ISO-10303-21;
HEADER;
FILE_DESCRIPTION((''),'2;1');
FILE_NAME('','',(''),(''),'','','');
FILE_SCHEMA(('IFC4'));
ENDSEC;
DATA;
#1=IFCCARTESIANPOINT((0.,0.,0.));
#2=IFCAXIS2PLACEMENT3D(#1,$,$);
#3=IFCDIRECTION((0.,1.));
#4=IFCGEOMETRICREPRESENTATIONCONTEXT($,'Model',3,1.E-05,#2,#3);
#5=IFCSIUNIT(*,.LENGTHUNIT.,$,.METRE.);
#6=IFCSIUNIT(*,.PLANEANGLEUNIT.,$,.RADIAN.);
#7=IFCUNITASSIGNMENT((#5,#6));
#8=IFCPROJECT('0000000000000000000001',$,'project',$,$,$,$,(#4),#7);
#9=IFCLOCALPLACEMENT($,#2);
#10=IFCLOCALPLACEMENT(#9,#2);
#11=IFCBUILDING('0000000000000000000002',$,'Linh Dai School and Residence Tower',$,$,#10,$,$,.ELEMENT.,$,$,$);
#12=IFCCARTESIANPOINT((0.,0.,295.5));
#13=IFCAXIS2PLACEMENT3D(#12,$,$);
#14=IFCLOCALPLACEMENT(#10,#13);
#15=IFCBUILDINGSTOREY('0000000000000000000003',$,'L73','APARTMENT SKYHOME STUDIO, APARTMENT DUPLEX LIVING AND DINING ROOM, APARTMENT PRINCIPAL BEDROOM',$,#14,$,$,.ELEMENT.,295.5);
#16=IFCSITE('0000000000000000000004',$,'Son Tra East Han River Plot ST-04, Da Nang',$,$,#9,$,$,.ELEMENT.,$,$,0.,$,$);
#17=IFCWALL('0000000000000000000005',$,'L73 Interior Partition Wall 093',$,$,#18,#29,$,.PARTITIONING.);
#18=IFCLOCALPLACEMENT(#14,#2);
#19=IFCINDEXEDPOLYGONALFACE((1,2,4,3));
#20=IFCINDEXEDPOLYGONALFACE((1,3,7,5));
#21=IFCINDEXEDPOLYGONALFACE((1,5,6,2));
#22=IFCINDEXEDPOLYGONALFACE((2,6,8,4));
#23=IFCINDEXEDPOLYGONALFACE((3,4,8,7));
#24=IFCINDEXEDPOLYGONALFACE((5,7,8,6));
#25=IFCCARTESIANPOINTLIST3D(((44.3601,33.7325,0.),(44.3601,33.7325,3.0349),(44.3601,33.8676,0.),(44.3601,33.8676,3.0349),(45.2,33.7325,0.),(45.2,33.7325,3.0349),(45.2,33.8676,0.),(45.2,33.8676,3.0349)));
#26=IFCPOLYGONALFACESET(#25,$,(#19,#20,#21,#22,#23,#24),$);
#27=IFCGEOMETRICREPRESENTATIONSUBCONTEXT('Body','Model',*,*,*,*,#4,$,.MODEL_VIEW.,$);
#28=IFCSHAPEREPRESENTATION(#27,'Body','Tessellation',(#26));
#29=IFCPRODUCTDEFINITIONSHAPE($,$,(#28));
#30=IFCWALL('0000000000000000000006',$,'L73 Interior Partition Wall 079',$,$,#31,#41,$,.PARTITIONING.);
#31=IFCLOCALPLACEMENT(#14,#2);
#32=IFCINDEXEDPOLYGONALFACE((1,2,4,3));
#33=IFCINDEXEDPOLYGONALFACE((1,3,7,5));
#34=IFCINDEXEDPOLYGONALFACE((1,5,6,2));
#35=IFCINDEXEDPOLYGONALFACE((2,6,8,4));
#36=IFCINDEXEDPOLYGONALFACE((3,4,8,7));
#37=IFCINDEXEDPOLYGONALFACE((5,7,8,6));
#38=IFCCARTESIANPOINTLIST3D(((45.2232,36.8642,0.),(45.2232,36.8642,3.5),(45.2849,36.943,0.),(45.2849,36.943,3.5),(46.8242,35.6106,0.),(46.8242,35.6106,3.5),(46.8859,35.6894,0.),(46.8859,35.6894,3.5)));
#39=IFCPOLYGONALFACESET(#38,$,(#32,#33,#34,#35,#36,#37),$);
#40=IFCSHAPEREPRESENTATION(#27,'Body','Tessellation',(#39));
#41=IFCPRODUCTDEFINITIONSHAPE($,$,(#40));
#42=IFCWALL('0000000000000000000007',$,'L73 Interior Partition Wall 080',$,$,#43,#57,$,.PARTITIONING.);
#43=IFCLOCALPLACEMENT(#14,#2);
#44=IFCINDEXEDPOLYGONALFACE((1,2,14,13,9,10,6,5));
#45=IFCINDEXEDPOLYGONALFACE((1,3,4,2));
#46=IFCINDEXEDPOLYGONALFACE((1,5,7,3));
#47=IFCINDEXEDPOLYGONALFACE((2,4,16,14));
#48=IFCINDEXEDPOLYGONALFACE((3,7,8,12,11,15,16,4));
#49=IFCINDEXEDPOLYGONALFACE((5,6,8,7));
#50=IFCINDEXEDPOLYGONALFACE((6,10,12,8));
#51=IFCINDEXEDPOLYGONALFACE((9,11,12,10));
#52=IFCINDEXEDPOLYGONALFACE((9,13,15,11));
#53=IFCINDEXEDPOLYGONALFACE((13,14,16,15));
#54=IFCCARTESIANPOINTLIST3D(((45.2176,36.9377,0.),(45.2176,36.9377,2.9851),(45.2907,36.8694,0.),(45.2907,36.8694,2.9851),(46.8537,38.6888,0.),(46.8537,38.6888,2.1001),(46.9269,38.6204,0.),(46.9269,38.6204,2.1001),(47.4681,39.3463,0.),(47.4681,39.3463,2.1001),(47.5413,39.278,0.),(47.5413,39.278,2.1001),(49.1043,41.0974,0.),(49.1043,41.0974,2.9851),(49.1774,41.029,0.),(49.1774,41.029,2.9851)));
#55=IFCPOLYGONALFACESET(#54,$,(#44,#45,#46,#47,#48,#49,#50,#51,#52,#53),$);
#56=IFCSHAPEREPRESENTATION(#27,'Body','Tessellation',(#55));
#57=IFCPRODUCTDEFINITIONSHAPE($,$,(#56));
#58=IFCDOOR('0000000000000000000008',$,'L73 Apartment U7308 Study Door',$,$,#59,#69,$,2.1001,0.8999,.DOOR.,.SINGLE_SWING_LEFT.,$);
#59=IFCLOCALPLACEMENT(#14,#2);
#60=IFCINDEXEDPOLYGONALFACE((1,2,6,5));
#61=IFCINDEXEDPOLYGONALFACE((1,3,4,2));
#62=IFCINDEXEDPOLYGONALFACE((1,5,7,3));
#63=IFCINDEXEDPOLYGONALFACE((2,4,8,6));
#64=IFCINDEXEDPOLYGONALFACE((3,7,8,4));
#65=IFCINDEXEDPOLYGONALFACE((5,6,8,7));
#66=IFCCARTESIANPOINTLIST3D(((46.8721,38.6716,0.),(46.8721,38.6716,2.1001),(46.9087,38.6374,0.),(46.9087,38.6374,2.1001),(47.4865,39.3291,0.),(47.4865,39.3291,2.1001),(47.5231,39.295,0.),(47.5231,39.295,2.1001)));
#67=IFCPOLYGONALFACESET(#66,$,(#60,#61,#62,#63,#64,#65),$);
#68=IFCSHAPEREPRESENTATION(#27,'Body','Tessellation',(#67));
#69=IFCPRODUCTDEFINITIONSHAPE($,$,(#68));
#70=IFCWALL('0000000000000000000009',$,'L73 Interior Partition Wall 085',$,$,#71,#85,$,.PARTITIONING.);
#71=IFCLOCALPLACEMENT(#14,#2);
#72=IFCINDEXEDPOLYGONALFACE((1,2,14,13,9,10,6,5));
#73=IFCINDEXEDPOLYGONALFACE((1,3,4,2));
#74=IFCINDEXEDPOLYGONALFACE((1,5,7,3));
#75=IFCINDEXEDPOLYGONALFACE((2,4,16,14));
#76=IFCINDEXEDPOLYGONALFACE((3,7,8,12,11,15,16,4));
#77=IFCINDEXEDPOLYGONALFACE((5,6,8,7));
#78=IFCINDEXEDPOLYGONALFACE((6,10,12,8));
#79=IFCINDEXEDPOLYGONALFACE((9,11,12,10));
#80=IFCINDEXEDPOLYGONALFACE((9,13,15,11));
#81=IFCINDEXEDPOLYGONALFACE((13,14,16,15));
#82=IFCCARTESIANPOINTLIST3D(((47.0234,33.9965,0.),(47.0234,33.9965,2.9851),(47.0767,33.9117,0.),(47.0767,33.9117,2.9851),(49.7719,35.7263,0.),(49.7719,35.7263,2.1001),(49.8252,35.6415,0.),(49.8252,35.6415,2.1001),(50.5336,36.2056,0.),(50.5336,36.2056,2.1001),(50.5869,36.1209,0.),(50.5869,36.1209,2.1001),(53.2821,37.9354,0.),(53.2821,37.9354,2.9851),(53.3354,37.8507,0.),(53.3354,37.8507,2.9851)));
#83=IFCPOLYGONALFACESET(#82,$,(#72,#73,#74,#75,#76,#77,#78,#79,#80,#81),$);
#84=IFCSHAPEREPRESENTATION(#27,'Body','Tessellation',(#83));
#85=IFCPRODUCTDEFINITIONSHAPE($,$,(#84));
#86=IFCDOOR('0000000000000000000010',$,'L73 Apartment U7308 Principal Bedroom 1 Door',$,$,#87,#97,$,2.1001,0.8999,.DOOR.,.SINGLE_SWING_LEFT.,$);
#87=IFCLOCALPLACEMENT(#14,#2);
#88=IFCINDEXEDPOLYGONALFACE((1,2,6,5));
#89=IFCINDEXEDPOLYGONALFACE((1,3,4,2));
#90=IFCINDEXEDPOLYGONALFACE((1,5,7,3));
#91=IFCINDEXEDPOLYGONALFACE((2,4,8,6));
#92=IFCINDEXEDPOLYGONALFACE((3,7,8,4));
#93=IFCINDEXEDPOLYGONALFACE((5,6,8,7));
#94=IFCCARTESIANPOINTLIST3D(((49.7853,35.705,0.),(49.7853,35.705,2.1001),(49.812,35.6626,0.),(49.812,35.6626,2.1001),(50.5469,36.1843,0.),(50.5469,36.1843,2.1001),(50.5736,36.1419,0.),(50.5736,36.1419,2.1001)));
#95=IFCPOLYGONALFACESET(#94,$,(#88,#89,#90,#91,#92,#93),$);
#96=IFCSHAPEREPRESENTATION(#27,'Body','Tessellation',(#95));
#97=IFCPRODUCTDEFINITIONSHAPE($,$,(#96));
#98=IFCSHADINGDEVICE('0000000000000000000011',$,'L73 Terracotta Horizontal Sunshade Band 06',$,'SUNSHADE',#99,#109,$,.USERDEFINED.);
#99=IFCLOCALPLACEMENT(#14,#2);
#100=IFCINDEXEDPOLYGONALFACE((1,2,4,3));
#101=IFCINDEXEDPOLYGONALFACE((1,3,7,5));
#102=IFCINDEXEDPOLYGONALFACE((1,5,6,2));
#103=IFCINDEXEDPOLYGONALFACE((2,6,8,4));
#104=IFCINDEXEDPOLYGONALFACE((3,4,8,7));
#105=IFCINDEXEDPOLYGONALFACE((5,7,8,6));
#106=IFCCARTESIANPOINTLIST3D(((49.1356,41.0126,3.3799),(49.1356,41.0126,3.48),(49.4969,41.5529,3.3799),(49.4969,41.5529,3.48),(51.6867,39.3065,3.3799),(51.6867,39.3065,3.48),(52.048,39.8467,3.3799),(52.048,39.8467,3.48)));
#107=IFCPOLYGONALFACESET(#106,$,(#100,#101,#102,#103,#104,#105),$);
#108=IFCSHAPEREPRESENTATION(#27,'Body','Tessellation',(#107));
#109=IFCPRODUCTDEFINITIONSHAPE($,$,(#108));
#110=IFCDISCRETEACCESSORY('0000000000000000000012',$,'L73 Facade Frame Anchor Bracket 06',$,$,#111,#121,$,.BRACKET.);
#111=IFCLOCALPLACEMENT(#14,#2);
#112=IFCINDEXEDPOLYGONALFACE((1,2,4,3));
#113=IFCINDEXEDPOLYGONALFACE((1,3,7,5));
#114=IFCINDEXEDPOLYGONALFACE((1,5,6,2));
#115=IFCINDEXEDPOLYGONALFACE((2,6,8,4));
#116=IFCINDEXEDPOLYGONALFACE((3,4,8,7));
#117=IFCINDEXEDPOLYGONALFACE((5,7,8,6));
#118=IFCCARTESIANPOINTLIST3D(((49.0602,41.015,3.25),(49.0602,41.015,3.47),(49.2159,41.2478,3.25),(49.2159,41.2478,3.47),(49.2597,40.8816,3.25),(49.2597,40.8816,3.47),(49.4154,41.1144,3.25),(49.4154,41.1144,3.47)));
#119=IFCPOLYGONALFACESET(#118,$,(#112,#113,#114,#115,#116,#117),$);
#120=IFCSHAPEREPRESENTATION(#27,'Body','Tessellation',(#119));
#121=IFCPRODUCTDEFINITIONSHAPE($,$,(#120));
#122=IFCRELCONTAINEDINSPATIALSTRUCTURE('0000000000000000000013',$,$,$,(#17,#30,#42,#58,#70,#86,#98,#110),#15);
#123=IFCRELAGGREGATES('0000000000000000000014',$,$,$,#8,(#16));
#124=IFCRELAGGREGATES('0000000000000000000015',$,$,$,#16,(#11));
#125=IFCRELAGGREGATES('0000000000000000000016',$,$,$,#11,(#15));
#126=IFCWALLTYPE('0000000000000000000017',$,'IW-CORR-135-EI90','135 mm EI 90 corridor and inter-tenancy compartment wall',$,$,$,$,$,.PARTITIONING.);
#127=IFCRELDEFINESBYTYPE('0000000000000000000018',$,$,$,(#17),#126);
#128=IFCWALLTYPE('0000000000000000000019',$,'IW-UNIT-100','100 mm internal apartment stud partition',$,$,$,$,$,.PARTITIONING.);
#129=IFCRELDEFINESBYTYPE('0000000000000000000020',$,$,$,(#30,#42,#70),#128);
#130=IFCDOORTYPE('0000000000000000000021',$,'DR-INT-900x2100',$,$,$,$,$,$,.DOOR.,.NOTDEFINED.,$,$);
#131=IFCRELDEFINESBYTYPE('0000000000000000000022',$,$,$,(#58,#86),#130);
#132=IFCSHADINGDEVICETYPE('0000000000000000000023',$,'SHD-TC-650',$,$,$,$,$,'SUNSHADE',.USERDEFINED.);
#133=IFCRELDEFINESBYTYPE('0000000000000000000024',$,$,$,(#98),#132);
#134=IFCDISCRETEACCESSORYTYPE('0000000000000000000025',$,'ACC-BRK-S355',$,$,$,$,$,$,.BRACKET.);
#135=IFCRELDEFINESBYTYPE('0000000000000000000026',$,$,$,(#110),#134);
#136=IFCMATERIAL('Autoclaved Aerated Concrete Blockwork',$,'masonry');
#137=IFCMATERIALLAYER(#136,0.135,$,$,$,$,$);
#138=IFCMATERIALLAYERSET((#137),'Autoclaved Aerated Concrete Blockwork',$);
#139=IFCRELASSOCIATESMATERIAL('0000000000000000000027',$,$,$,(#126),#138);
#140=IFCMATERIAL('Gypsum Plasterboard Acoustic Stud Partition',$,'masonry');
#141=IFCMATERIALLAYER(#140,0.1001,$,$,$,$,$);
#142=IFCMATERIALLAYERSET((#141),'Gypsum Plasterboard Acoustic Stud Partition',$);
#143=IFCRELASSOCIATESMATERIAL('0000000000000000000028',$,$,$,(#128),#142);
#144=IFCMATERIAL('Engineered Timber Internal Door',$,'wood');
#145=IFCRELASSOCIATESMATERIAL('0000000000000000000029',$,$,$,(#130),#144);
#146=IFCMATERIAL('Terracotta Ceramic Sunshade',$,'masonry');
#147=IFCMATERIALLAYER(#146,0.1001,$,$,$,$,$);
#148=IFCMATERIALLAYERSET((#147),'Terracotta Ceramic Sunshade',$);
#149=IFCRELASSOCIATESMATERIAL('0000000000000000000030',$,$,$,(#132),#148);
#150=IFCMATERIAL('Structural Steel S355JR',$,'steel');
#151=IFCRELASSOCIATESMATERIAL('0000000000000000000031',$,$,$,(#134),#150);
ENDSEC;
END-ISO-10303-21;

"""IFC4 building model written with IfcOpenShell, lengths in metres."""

from ifc_helpers import new_model, si_unit, direction, frame, frame_2d, origin, origin_2d, place, context, subcontext, project, spatial, rectangle, extrude, source, transform, mapped, material, layer, layer_set, type_object, element, fill, save


model = new_model("IFC4")

# Units and contexts
model_context = context("Model", 3, precision=1e-05, world=origin(), true_north=direction((0.0, 1.0)))
body_context = subcontext(model_context, "Body", "Model", "MODEL_VIEW")
ifc_project = project(units=[si_unit("LENGTHUNIT", "METRE"), si_unit("PLANEANGLEUNIT", "RADIAN")], contexts=[model_context])

# Site, building, storey
site_placement = place(None, origin())
site = spatial("IfcSite", under=ifc_project, at=site_placement, Name="Son Tra East Han River Plot ST-04, Da Nang", CompositionType="ELEMENT", RefElevation=0.0)
building_placement = place(site_placement, origin())
building = spatial("IfcBuilding", under=site, at=building_placement, Name="Linh Dai School and Residence Tower", CompositionType="ELEMENT")
storey_placement = place(building_placement, frame((0.0, 0.0, 295.5)))
storey = spatial("IfcBuildingStorey", under=building, at=storey_placement, Name="L73", Description="APARTMENT SKYHOME STUDIO, APARTMENT DUPLEX LIVING AND DINING ROOM, APARTMENT PRINCIPAL BEDROOM", CompositionType="ELEMENT", Elevation=295.5)

# Shared definitions
ifc_material_1 = material(Name="Structural Steel S355JR", Category="steel")

# Walls
ifc_material_2 = material(Name="Autoclaved Aerated Concrete Blockwork", Category="masonry")
ifc_layer_1 = layer(ifc_material_2, 0.135)
ifc_layer_set_1 = layer_set([ifc_layer_1], Name="Autoclaved Aerated Concrete Blockwork")
wall_type_1 = type_object("IfcWallType", Name="IW-CORR-135-EI90", Description="135 mm EI 90 corridor and inter-tenancy compartment wall", PredefinedType="PARTITIONING", material=ifc_layer_set_1)
wall_1_placement = place(storey_placement, frame((45.2, 33.8, 0.0), z_axis=(0.0, 0.0, 1.0), x_axis=(-1.0, 0.0, 0.0)))
element("IfcWall", 1, at=wall_1_placement, inside=storey, type_object=wall_type_1, Name="L73 Interior Partition Wall 093", PredefinedType="PARTITIONING", context=body_context, shape_type="SweptSolid", body=[
    extrude(rectangle(XDim=0.8398, YDim=0.135, at=frame_2d((0.4199, 0.0))), origin(), (0.0, 0.0, 1.0), 3.0349),
])
ifc_material_3 = material(Name="Gypsum Plasterboard Acoustic Stud Partition", Category="masonry")
ifc_layer_2 = layer(ifc_material_3, 0.1001)
ifc_layer_set_2 = layer_set([ifc_layer_2], Name="Gypsum Plasterboard Acoustic Stud Partition")
wall_type_2 = type_object("IfcWallType", Name="IW-UNIT-100", Description="100 mm internal apartment stud partition", PredefinedType="PARTITIONING", material=ifc_layer_set_2)
wall_2_placement = place(storey_placement, frame((45.2542, 36.9036, 0.0), z_axis=(0.0, 0.0, 1.0), x_axis=(0.78735, -0.616506, 0.0)))
element("IfcWall", 2, at=wall_2_placement, inside=storey, type_object=wall_type_2, Name="L73 Interior Partition Wall 079", PredefinedType="PARTITIONING", context=body_context, shape_type="SweptSolid", body=[
    extrude(rectangle(XDim=2.0334, YDim=0.1001, at=frame_2d((1.0166, 0.0))), origin(), (0.0, 0.0, 1.0), 3.5),
])

# Walls, openings, doors
wall_3_placement = place(storey_placement, frame((45.2542, 36.9036, 0.0), z_axis=(0.0, 0.0, 1.0), x_axis=(0.682728, 0.730673, 0.0)))
wall_3 = element("IfcWall", 3, at=wall_3_placement, inside=storey, type_object=wall_type_2, Name="L73 Interior Partition Wall 080", PredefinedType="PARTITIONING", context=body_context, shape_type="SweptSolid", body=[
    extrude(rectangle(XDim=5.6929, YDim=0.1001, at=frame_2d((2.8464, 0.0))), origin(), (0.0, 0.0, 1.0), 2.9851),
])
opening_1_placement = place(wall_3_placement, frame((2.3965, 0.0, 0.0)))
opening_1 = element("IfcOpeningElement", 4, at=opening_1_placement, cuts=wall_3, PredefinedType="OPENING", context=body_context, shape_type="SweptSolid", body=[
    extrude(rectangle(XDim=0.8999, YDim=2.1001, at=origin_2d()), frame((0.45, 0.0601, 1.05), z_axis=(0.0, -1.0, 0.0), x_axis=(1.0, 0.0, 0.0)), (0.0, 0.0, 1.0), 0.1201),
])
ifc_material_4 = material(Name="Engineered Timber Internal Door", Category="wood")
door_type = type_object("IfcDoorType", Name="DR-INT-900x2100", OperationType="NOTDEFINED", PredefinedType="DOOR", material=ifc_material_4)
shared_shape_1 = source(origin(), body_context, "Body", "SweptSolid", [
    extrude(rectangle(XDim=0.8999, YDim=2.1001, at=origin_2d()), frame((0.45, 0.0249, 1.05), z_axis=(0.0, -1.0, 0.0), x_axis=(1.0, 0.0, 0.0)), (0.0, 0.0, 1.0), 0.05),
])
door_1_placement = place(opening_1_placement, origin())
door_1 = element("IfcDoor", 5, at=door_1_placement, inside=storey, type_object=door_type, Name="L73 Apartment U7308 Study Door", OperationType="SINGLE_SWING_LEFT", OverallHeight=2.1001, OverallWidth=0.8999, PredefinedType="DOOR", context=body_context, shape_type="MappedRepresentation", body=[
    mapped(shared_shape_1, transform((0.0, 0.0, 0.0), x_axis=(1.0, 0.0, 0.0), y_axis=(0.0, 1.0, 0.0), z_axis=(0.0, 0.0, 1.0), scale=1.0)),
])
fill(opening_1, door_1)
wall_4_placement = place(storey_placement, frame((47.05, 33.9541, 0.0), z_axis=(0.0, 0.0, 1.0), x_axis=(0.84634, 0.532643, 0.0)))
wall_4 = element("IfcWall", 6, at=wall_4_placement, inside=storey, type_object=wall_type_2, Name="L73 Interior Partition Wall 085", PredefinedType="PARTITIONING", context=body_context, shape_type="SweptSolid", body=[
    extrude(rectangle(XDim=7.395, YDim=0.1001, at=frame_2d((3.6975, 0.0))), origin(), (0.0, 0.0, 1.0), 2.9851),
])
opening_2_placement = place(wall_4_placement, frame((3.2476, 0.0, 0.0)))
opening_2 = element("IfcOpeningElement", 7, at=opening_2_placement, cuts=wall_4, PredefinedType="OPENING", context=body_context, shape_type="SweptSolid", body=[
    extrude(rectangle(XDim=0.8999, YDim=2.1001, at=origin_2d()), frame((0.45, 0.0601, 1.05), z_axis=(0.0, -1.0, 0.0), x_axis=(1.0, 0.0, 0.0)), (0.0, 0.0, 1.0), 0.1201),
])
door_2_placement = place(opening_2_placement, origin())
door_2 = element("IfcDoor", 8, at=door_2_placement, inside=storey, type_object=door_type, Name="L73 Apartment U7308 Principal Bedroom 1 Door", OperationType="SINGLE_SWING_LEFT", OverallHeight=2.1001, OverallWidth=0.8999, PredefinedType="DOOR", context=body_context, shape_type="MappedRepresentation", body=[
    mapped(shared_shape_1, transform((0.0, 0.0, 0.0), x_axis=(1.0, 0.0, 0.0), y_axis=(0.0, 1.0, 0.0), z_axis=(0.0, 0.0, 1.0), scale=1.0)),
])
fill(opening_2, door_2)

# Shading device
ifc_material_5 = material(Name="Terracotta Ceramic Sunshade", Category="masonry")
ifc_layer_3 = layer(ifc_material_5, 0.1001)
ifc_layer_set_3 = layer_set([ifc_layer_3], Name="Terracotta Ceramic Sunshade")
shading_device_type = type_object("IfcShadingDeviceType", Name="SHD-TC-650", ElementType="SUNSHADE", PredefinedType="USERDEFINED", material=ifc_layer_set_3)
shared_shape_2 = source(origin(), body_context, "Body", "SweptSolid", [
    extrude(rectangle(XDim=3.0691, YDim=0.6499, at=origin_2d()), origin(), (0.0, 0.0, 1.0), 0.1001),
])
shading_device_placement = place(storey_placement, frame((50.5918, 40.4297, 3.3799), z_axis=(0.0, 0.0, 1.0), x_axis=(0.831244, -0.555908, 0.0)))
element("IfcShadingDevice", 9, at=shading_device_placement, inside=storey, type_object=shading_device_type, Name="L73 Terracotta Horizontal Sunshade Band 06", ObjectType="SUNSHADE", PredefinedType="USERDEFINED", context=body_context, shape_type="MappedRepresentation", body=[
    mapped(shared_shape_2, transform((0.0, 0.0, 0.0), x_axis=(1.0, 0.0, 0.0), y_axis=(0.0, 1.0, 0.0), z_axis=(0.0, 0.0, 1.0), scale=1.0)),
])

# Discrete accessory
discrete_accessory_type = type_object("IfcDiscreteAccessoryType", Name="ACC-BRK-S355", PredefinedType="BRACKET", material=ifc_material_1)
shared_shape_3 = source(origin(), body_context, "Body", "SweptSolid", [
    extrude(rectangle(XDim=0.28, YDim=0.24, at=origin_2d()), origin(), (0.0, 0.0, 1.0), 0.22),
])
discrete_accessory_placement = place(storey_placement, frame((49.2378, 41.0647, 3.25), z_axis=(0.0, 0.0, 1.0), x_axis=(0.555908, 0.831244, 0.0)))
element("IfcDiscreteAccessory", 10, at=discrete_accessory_placement, inside=storey, type_object=discrete_accessory_type, Name="L73 Facade Frame Anchor Bracket 06", PredefinedType="BRACKET", context=body_context, shape_type="MappedRepresentation", body=[
    mapped(shared_shape_3, transform((0.0, 0.0, 0.0), x_axis=(1.0, 0.0, 0.0), y_axis=(0.0, 1.0, 0.0), z_axis=(0.0, 0.0, 1.0), scale=1.0)),
])

save(model, "model.ifc")
